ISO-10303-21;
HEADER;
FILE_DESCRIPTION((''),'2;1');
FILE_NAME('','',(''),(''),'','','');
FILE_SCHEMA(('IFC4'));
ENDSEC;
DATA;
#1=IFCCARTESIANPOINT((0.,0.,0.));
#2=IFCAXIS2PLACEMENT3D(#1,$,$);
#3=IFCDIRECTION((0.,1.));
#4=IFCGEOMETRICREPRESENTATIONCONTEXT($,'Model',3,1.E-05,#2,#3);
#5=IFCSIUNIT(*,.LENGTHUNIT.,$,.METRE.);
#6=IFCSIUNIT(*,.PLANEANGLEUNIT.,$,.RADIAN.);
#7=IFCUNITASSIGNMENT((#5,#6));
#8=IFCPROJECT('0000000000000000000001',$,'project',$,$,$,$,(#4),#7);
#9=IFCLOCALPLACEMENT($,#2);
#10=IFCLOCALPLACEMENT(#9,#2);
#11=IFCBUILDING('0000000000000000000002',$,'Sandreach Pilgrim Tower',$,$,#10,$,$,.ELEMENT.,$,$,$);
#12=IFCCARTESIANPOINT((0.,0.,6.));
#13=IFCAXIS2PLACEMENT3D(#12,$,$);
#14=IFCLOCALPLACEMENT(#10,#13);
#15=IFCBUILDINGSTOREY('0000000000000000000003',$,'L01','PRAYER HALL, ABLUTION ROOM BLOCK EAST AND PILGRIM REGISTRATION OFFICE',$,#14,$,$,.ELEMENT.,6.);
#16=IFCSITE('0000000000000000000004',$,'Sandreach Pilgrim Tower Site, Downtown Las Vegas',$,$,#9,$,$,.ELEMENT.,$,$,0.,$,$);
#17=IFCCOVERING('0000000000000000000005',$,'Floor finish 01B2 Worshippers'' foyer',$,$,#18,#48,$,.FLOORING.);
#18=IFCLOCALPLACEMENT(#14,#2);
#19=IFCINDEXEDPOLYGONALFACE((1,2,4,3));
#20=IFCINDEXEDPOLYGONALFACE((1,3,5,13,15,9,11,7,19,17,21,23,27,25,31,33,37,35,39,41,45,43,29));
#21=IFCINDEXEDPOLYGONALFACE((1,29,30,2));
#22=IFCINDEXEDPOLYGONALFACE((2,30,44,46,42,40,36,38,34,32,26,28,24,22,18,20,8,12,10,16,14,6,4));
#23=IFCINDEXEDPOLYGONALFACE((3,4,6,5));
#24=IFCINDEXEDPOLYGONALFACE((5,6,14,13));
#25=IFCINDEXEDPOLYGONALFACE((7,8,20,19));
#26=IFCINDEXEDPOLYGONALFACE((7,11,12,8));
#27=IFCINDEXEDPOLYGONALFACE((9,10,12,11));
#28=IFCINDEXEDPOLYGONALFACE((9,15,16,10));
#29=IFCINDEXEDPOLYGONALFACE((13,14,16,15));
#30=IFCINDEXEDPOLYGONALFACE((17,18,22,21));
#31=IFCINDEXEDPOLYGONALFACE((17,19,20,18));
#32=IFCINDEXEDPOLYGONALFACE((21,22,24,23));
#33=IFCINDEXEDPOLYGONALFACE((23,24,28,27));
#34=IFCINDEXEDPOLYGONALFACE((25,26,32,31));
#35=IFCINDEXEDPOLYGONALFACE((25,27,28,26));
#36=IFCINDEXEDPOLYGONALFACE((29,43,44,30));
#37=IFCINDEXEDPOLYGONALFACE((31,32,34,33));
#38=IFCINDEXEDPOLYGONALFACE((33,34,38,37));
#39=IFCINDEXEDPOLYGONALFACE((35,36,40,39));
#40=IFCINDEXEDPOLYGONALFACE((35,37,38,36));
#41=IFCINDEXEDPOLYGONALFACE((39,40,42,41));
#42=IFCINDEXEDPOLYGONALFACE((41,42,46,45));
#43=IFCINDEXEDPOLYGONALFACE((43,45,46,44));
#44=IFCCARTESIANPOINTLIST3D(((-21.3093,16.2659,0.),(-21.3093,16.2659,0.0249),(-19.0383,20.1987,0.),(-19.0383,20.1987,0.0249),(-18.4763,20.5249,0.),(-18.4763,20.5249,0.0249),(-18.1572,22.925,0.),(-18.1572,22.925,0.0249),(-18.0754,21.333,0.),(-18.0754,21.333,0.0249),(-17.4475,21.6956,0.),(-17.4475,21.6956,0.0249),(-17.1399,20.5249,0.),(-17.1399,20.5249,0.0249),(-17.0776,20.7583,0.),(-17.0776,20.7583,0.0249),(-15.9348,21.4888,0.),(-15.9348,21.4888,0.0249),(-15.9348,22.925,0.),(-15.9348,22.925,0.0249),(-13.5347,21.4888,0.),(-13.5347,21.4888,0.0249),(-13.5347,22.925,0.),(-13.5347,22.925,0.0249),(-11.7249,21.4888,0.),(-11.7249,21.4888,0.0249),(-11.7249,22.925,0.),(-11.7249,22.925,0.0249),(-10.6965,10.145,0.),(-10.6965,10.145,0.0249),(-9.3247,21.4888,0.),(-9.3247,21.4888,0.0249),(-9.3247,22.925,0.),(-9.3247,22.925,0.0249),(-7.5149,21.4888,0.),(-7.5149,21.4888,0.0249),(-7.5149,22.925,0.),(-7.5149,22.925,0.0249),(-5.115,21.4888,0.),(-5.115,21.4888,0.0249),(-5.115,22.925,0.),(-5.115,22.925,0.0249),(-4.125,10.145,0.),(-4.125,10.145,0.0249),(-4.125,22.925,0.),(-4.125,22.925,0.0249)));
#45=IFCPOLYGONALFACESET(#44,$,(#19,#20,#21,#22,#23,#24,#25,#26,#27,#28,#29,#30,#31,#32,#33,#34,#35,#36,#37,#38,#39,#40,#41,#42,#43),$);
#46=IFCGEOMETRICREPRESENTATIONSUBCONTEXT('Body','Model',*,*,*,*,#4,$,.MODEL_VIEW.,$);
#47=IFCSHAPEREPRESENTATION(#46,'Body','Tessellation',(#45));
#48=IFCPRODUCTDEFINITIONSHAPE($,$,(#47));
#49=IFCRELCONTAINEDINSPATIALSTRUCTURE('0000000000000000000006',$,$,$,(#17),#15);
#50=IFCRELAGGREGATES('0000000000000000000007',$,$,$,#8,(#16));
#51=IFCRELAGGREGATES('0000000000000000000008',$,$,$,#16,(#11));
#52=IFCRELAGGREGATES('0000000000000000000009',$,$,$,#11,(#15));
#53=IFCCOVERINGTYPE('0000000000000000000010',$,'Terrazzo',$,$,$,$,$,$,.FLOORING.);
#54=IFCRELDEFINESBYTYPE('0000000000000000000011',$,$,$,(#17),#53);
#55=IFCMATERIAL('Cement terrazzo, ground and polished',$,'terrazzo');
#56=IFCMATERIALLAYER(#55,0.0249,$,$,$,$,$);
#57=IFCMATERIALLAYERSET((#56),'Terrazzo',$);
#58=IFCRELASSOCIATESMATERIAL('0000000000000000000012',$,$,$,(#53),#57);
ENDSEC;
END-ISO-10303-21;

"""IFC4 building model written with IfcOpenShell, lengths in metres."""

from ifc_helpers import new_model, si_unit, direction, frame, origin, place, context, subcontext, project, spatial, polyline, outline, extrude, material, layer, layer_set, type_object, element, save


model = new_model("IFC4")

# Units and contexts
model_context = context("Model", 3, precision=1e-05, world=origin(), true_north=direction((0.0, 1.0)))
body_context = subcontext(model_context, "Body", "Model", "MODEL_VIEW")
ifc_project = project(units=[si_unit("LENGTHUNIT", "METRE"), si_unit("PLANEANGLEUNIT", "RADIAN")], contexts=[model_context])

# Site, building, storey
site_placement = place(None, origin())
site = spatial("IfcSite", under=ifc_project, at=site_placement, Name="Sandreach Pilgrim Tower Site, Downtown Las Vegas", CompositionType="ELEMENT", RefElevation=0.0)
building_placement = place(site_placement, origin())
building = spatial("IfcBuilding", under=site, at=building_placement, Name="Sandreach Pilgrim Tower", CompositionType="ELEMENT")
storey_placement = place(building_placement, frame((0.0, 0.0, 6.0)))
storey = spatial("IfcBuildingStorey", under=building, at=storey_placement, Name="L01", Description="PRAYER HALL, ABLUTION ROOM BLOCK EAST AND PILGRIM REGISTRATION OFFICE", CompositionType="ELEMENT", Elevation=6.0)

# Covering
ifc_material_1 = material(Name="Cement terrazzo, ground and polished", Category="terrazzo")
ifc_layer_1 = layer(ifc_material_1, 0.0249)
ifc_layer_set_1 = layer_set([ifc_layer_1], Name="Terrazzo")
covering_type_1 = type_object("IfcCoveringType", Name="Terrazzo", PredefinedType="FLOORING", material=ifc_layer_set_1)
covering_1_placement = place(storey_placement, origin())
element("IfcCovering", 1, at=covering_1_placement, inside=storey, type_object=covering_type_1, Name="Floor finish 01B2 Worshippers' foyer", PredefinedType="FLOORING", context=body_context, shape_type="SweptSolid", body=[
    extrude(outline(polyline([(-5.115, 22.925), (-4.125, 22.925), (-4.125, 10.145), (-10.6965, 10.145), (-21.3093, 16.2659), (-19.0383, 20.1987), (-18.4763, 20.5249), (-17.1399, 20.5249), (-17.0776, 20.7583), (-18.0754, 21.333), (-17.4475, 21.6956), (-18.1572, 22.925), (-15.9348, 22.925), (-15.9348, 21.4888), (-13.5347, 21.4888), (-13.5347, 22.925), (-11.7249, 22.925), (-11.7249, 21.4888), (-9.3247, 21.4888), (-9.3247, 22.925), (-7.5149, 22.925), (-7.5149, 21.4888), (-5.115, 21.4888), (-5.115, 22.925)])), origin(), (0.0, 0.0, 1.0), 0.0249),
])

save(model, "model.ifc")
